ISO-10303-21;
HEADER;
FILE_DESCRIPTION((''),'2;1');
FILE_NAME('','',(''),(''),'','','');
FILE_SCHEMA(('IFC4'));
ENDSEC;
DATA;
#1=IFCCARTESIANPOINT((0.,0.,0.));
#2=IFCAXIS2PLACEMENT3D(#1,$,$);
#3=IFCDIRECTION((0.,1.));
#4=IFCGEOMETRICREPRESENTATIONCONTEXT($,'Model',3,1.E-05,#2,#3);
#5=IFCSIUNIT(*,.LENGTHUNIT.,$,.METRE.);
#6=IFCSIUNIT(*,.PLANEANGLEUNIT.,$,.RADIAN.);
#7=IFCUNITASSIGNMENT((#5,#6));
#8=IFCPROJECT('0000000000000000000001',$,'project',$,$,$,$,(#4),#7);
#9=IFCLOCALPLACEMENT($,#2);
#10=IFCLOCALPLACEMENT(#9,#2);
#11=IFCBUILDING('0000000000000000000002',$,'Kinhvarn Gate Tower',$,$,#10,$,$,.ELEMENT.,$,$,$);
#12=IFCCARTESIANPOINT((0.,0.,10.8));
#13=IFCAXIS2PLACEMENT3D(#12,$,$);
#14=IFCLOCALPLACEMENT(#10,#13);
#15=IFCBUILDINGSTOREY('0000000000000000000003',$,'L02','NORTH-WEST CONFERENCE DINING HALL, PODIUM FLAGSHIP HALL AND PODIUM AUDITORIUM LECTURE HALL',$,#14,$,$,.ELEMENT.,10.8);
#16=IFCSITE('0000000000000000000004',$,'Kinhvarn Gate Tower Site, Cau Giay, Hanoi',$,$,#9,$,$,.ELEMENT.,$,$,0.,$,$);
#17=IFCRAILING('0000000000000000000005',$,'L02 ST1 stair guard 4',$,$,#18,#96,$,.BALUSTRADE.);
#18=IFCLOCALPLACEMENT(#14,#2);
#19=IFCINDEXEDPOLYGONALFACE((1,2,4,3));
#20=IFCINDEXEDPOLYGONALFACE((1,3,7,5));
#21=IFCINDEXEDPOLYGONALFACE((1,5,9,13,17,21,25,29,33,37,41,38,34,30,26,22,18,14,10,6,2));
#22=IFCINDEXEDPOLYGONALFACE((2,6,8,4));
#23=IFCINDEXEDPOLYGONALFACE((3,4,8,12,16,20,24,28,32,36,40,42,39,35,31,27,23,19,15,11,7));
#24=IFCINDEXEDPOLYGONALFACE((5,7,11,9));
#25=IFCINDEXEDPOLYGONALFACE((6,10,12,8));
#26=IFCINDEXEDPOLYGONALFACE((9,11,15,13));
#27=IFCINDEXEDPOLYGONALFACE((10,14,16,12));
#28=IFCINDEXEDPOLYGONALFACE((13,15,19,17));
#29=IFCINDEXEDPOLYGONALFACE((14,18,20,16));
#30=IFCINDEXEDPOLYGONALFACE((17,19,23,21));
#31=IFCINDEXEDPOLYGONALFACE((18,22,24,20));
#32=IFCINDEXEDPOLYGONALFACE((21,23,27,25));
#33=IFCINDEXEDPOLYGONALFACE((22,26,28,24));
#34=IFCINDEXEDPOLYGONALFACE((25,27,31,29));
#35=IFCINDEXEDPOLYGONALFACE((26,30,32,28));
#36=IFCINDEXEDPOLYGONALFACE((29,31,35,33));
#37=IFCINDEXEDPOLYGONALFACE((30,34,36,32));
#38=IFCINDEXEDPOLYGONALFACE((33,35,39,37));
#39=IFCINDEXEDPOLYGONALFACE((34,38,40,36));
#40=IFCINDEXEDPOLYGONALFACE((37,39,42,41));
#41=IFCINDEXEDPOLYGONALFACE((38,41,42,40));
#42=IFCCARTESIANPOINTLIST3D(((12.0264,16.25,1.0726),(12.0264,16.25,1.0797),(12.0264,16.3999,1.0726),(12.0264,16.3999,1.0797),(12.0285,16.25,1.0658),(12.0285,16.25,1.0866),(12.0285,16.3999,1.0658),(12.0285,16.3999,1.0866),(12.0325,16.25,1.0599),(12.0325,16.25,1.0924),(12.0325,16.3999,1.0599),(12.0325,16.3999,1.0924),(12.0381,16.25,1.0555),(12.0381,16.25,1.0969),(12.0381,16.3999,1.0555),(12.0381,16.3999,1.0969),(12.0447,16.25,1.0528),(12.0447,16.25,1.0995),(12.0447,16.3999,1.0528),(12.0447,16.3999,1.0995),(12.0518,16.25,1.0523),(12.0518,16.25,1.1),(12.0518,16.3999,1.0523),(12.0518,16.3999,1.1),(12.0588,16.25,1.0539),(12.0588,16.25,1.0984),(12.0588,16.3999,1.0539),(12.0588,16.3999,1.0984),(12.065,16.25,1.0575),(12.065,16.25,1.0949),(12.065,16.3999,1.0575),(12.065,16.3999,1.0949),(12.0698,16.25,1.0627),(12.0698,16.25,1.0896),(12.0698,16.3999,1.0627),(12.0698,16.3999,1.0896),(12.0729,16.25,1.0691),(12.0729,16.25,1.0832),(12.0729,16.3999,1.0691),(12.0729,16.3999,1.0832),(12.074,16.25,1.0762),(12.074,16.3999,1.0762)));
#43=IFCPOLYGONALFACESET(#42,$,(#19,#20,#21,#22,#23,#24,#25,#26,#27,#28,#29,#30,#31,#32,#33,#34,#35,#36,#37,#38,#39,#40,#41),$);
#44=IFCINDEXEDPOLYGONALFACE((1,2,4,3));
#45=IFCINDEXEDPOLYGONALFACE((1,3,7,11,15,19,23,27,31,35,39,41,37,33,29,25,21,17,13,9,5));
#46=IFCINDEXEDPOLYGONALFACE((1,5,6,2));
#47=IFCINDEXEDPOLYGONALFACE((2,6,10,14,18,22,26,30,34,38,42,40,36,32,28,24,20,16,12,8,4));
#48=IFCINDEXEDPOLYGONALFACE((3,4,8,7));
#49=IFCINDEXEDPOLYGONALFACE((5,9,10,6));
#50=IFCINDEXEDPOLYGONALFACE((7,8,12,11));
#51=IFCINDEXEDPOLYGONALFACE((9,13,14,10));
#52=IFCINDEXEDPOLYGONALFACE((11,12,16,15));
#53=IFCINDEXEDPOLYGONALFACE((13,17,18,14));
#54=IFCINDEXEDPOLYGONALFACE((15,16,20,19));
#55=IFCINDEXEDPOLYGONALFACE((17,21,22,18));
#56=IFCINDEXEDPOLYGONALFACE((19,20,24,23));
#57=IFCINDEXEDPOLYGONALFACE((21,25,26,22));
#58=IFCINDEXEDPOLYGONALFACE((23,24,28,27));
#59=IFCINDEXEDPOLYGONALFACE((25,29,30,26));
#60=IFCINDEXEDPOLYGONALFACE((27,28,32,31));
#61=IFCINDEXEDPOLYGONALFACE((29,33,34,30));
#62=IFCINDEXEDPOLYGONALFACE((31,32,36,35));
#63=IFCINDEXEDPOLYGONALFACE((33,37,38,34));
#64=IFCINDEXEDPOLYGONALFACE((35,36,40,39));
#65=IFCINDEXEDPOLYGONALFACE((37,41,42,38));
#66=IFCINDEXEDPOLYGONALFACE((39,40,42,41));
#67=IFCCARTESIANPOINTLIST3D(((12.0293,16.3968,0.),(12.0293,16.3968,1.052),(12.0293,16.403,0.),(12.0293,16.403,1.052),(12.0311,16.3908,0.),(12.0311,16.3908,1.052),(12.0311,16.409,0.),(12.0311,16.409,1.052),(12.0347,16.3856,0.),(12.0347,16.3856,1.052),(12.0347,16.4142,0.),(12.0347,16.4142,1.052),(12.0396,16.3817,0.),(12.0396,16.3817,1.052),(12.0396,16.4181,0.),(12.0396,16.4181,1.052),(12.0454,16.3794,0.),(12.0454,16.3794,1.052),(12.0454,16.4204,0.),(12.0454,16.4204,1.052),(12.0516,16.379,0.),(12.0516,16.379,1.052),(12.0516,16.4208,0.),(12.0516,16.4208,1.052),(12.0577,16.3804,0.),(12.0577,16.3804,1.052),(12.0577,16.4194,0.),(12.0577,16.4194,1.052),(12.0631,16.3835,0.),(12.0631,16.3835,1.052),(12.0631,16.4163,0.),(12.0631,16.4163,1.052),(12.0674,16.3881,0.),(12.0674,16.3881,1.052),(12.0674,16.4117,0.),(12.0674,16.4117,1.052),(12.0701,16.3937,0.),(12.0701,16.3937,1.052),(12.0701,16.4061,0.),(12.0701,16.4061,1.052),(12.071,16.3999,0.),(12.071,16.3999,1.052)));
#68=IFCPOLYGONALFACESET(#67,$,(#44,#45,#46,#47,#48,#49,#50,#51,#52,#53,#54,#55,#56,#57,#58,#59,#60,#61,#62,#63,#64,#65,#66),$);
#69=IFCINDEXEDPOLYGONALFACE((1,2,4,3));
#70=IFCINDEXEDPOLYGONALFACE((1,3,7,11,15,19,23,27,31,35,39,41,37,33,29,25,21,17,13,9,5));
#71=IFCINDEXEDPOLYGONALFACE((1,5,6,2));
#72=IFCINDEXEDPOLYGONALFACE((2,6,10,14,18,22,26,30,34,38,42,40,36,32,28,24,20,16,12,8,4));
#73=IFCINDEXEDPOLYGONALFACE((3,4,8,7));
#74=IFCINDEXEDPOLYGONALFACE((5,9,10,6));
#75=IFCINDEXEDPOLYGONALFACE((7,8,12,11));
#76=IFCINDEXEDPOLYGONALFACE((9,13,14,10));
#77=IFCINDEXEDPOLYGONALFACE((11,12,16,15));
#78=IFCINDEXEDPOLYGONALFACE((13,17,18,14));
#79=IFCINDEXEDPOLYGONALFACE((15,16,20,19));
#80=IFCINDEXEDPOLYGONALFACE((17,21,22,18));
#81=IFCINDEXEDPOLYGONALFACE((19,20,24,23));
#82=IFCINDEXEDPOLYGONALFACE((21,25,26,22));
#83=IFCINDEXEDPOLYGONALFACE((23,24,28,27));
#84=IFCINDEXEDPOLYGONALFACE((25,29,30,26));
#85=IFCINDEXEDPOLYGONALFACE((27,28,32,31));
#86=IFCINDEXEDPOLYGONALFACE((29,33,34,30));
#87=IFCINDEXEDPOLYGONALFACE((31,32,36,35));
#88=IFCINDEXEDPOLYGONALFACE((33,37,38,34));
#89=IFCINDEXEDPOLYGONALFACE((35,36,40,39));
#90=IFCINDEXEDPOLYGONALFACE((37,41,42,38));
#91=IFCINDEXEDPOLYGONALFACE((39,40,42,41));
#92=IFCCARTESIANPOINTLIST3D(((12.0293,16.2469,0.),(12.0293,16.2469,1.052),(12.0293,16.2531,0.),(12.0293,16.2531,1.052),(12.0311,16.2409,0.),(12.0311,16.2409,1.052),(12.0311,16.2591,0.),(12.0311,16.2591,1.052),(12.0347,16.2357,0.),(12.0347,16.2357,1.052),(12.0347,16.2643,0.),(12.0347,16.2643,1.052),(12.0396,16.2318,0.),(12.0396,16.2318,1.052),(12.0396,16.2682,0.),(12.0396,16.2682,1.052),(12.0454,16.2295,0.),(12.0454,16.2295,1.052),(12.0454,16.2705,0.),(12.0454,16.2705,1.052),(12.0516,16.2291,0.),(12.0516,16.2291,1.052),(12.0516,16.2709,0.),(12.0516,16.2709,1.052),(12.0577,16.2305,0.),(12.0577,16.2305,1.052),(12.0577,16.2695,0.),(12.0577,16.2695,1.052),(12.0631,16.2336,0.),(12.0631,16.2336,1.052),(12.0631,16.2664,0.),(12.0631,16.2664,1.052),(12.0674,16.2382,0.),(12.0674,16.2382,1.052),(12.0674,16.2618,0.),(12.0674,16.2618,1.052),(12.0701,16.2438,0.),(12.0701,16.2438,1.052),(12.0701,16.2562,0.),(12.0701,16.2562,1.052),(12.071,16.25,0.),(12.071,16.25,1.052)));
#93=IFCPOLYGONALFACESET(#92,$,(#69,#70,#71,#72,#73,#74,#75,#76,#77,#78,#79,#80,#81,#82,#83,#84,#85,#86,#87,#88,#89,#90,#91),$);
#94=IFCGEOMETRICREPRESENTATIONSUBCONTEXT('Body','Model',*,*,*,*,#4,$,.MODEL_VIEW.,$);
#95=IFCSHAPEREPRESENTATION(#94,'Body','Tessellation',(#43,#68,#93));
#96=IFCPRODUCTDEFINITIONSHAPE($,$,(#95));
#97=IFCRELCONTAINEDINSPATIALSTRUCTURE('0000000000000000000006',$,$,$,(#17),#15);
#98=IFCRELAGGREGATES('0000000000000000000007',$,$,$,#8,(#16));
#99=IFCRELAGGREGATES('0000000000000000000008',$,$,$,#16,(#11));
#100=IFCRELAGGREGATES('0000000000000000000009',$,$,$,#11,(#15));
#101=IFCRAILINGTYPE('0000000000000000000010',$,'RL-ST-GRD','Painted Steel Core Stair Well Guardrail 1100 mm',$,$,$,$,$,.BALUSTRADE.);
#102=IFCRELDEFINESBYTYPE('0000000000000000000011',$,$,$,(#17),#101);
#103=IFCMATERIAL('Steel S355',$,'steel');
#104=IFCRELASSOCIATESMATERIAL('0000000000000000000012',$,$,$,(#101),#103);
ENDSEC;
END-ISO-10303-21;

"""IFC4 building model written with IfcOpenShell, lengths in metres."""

from ifc_helpers import new_model, si_unit, direction, frame, origin, origin_2d, place, context, subcontext, project, spatial, circle, extrude, material, type_object, element, save


model = new_model("IFC4")

# Units and contexts
model_context = context("Model", 3, precision=1e-05, world=origin(), true_north=direction((0.0, 1.0)))
body_context = subcontext(model_context, "Body", "Model", "MODEL_VIEW")
ifc_project = project(units=[si_unit("LENGTHUNIT", "METRE"), si_unit("PLANEANGLEUNIT", "RADIAN")], contexts=[model_context])

# Site, building, storey
site_placement = place(None, origin())
site = spatial("IfcSite", under=ifc_project, at=site_placement, Name="Kinhvarn Gate Tower Site, Cau Giay, Hanoi", CompositionType="ELEMENT", RefElevation=0.0)
building_placement = place(site_placement, origin())
building = spatial("IfcBuilding", under=site, at=building_placement, Name="Kinhvarn Gate Tower", CompositionType="ELEMENT")
storey_placement = place(building_placement, frame((0.0, 0.0, 10.8)))
storey = spatial("IfcBuildingStorey", under=building, at=storey_placement, Name="L02", Description="NORTH-WEST CONFERENCE DINING HALL, PODIUM FLAGSHIP HALL AND PODIUM AUDITORIUM LECTURE HALL", CompositionType="ELEMENT", Elevation=10.8)

# Shared definitions
ifc_material_1 = material(Name="Steel S355", Category="steel")

# Railing
railing_type_1 = type_object("IfcRailingType", Name="RL-ST-GRD", Description="Painted Steel Core Stair Well Guardrail 1100 mm", PredefinedType="BALUSTRADE", material=ifc_material_1)
railing_1_placement = place(storey_placement, frame((12.05, 16.3999, 0.0)))
element("IfcRailing", 1, at=railing_1_placement, inside=storey, type_object=railing_type_1, Name="L02 ST1 stair guard 4", PredefinedType="BALUSTRADE", context=body_context, shape_type="SweptSolid", body=[
    extrude(circle(Radius=0.0239, at=origin_2d()), frame((0.0, 0.0, 1.0762), z_axis=(0.0, -1.0, 0.0), x_axis=(1.0, 0.0, 0.0)), (0.0, 0.0, 1.0), 0.1499),
    extrude(circle(Radius=0.021, at=origin_2d()), origin(), (0.0, 0.0, 1.0), 1.052),
    extrude(circle(Radius=0.021, at=origin_2d()), frame((0.0, -0.1499, 0.0)), (0.0, 0.0, 1.0), 1.052),
])

save(model, "model.ifc")
